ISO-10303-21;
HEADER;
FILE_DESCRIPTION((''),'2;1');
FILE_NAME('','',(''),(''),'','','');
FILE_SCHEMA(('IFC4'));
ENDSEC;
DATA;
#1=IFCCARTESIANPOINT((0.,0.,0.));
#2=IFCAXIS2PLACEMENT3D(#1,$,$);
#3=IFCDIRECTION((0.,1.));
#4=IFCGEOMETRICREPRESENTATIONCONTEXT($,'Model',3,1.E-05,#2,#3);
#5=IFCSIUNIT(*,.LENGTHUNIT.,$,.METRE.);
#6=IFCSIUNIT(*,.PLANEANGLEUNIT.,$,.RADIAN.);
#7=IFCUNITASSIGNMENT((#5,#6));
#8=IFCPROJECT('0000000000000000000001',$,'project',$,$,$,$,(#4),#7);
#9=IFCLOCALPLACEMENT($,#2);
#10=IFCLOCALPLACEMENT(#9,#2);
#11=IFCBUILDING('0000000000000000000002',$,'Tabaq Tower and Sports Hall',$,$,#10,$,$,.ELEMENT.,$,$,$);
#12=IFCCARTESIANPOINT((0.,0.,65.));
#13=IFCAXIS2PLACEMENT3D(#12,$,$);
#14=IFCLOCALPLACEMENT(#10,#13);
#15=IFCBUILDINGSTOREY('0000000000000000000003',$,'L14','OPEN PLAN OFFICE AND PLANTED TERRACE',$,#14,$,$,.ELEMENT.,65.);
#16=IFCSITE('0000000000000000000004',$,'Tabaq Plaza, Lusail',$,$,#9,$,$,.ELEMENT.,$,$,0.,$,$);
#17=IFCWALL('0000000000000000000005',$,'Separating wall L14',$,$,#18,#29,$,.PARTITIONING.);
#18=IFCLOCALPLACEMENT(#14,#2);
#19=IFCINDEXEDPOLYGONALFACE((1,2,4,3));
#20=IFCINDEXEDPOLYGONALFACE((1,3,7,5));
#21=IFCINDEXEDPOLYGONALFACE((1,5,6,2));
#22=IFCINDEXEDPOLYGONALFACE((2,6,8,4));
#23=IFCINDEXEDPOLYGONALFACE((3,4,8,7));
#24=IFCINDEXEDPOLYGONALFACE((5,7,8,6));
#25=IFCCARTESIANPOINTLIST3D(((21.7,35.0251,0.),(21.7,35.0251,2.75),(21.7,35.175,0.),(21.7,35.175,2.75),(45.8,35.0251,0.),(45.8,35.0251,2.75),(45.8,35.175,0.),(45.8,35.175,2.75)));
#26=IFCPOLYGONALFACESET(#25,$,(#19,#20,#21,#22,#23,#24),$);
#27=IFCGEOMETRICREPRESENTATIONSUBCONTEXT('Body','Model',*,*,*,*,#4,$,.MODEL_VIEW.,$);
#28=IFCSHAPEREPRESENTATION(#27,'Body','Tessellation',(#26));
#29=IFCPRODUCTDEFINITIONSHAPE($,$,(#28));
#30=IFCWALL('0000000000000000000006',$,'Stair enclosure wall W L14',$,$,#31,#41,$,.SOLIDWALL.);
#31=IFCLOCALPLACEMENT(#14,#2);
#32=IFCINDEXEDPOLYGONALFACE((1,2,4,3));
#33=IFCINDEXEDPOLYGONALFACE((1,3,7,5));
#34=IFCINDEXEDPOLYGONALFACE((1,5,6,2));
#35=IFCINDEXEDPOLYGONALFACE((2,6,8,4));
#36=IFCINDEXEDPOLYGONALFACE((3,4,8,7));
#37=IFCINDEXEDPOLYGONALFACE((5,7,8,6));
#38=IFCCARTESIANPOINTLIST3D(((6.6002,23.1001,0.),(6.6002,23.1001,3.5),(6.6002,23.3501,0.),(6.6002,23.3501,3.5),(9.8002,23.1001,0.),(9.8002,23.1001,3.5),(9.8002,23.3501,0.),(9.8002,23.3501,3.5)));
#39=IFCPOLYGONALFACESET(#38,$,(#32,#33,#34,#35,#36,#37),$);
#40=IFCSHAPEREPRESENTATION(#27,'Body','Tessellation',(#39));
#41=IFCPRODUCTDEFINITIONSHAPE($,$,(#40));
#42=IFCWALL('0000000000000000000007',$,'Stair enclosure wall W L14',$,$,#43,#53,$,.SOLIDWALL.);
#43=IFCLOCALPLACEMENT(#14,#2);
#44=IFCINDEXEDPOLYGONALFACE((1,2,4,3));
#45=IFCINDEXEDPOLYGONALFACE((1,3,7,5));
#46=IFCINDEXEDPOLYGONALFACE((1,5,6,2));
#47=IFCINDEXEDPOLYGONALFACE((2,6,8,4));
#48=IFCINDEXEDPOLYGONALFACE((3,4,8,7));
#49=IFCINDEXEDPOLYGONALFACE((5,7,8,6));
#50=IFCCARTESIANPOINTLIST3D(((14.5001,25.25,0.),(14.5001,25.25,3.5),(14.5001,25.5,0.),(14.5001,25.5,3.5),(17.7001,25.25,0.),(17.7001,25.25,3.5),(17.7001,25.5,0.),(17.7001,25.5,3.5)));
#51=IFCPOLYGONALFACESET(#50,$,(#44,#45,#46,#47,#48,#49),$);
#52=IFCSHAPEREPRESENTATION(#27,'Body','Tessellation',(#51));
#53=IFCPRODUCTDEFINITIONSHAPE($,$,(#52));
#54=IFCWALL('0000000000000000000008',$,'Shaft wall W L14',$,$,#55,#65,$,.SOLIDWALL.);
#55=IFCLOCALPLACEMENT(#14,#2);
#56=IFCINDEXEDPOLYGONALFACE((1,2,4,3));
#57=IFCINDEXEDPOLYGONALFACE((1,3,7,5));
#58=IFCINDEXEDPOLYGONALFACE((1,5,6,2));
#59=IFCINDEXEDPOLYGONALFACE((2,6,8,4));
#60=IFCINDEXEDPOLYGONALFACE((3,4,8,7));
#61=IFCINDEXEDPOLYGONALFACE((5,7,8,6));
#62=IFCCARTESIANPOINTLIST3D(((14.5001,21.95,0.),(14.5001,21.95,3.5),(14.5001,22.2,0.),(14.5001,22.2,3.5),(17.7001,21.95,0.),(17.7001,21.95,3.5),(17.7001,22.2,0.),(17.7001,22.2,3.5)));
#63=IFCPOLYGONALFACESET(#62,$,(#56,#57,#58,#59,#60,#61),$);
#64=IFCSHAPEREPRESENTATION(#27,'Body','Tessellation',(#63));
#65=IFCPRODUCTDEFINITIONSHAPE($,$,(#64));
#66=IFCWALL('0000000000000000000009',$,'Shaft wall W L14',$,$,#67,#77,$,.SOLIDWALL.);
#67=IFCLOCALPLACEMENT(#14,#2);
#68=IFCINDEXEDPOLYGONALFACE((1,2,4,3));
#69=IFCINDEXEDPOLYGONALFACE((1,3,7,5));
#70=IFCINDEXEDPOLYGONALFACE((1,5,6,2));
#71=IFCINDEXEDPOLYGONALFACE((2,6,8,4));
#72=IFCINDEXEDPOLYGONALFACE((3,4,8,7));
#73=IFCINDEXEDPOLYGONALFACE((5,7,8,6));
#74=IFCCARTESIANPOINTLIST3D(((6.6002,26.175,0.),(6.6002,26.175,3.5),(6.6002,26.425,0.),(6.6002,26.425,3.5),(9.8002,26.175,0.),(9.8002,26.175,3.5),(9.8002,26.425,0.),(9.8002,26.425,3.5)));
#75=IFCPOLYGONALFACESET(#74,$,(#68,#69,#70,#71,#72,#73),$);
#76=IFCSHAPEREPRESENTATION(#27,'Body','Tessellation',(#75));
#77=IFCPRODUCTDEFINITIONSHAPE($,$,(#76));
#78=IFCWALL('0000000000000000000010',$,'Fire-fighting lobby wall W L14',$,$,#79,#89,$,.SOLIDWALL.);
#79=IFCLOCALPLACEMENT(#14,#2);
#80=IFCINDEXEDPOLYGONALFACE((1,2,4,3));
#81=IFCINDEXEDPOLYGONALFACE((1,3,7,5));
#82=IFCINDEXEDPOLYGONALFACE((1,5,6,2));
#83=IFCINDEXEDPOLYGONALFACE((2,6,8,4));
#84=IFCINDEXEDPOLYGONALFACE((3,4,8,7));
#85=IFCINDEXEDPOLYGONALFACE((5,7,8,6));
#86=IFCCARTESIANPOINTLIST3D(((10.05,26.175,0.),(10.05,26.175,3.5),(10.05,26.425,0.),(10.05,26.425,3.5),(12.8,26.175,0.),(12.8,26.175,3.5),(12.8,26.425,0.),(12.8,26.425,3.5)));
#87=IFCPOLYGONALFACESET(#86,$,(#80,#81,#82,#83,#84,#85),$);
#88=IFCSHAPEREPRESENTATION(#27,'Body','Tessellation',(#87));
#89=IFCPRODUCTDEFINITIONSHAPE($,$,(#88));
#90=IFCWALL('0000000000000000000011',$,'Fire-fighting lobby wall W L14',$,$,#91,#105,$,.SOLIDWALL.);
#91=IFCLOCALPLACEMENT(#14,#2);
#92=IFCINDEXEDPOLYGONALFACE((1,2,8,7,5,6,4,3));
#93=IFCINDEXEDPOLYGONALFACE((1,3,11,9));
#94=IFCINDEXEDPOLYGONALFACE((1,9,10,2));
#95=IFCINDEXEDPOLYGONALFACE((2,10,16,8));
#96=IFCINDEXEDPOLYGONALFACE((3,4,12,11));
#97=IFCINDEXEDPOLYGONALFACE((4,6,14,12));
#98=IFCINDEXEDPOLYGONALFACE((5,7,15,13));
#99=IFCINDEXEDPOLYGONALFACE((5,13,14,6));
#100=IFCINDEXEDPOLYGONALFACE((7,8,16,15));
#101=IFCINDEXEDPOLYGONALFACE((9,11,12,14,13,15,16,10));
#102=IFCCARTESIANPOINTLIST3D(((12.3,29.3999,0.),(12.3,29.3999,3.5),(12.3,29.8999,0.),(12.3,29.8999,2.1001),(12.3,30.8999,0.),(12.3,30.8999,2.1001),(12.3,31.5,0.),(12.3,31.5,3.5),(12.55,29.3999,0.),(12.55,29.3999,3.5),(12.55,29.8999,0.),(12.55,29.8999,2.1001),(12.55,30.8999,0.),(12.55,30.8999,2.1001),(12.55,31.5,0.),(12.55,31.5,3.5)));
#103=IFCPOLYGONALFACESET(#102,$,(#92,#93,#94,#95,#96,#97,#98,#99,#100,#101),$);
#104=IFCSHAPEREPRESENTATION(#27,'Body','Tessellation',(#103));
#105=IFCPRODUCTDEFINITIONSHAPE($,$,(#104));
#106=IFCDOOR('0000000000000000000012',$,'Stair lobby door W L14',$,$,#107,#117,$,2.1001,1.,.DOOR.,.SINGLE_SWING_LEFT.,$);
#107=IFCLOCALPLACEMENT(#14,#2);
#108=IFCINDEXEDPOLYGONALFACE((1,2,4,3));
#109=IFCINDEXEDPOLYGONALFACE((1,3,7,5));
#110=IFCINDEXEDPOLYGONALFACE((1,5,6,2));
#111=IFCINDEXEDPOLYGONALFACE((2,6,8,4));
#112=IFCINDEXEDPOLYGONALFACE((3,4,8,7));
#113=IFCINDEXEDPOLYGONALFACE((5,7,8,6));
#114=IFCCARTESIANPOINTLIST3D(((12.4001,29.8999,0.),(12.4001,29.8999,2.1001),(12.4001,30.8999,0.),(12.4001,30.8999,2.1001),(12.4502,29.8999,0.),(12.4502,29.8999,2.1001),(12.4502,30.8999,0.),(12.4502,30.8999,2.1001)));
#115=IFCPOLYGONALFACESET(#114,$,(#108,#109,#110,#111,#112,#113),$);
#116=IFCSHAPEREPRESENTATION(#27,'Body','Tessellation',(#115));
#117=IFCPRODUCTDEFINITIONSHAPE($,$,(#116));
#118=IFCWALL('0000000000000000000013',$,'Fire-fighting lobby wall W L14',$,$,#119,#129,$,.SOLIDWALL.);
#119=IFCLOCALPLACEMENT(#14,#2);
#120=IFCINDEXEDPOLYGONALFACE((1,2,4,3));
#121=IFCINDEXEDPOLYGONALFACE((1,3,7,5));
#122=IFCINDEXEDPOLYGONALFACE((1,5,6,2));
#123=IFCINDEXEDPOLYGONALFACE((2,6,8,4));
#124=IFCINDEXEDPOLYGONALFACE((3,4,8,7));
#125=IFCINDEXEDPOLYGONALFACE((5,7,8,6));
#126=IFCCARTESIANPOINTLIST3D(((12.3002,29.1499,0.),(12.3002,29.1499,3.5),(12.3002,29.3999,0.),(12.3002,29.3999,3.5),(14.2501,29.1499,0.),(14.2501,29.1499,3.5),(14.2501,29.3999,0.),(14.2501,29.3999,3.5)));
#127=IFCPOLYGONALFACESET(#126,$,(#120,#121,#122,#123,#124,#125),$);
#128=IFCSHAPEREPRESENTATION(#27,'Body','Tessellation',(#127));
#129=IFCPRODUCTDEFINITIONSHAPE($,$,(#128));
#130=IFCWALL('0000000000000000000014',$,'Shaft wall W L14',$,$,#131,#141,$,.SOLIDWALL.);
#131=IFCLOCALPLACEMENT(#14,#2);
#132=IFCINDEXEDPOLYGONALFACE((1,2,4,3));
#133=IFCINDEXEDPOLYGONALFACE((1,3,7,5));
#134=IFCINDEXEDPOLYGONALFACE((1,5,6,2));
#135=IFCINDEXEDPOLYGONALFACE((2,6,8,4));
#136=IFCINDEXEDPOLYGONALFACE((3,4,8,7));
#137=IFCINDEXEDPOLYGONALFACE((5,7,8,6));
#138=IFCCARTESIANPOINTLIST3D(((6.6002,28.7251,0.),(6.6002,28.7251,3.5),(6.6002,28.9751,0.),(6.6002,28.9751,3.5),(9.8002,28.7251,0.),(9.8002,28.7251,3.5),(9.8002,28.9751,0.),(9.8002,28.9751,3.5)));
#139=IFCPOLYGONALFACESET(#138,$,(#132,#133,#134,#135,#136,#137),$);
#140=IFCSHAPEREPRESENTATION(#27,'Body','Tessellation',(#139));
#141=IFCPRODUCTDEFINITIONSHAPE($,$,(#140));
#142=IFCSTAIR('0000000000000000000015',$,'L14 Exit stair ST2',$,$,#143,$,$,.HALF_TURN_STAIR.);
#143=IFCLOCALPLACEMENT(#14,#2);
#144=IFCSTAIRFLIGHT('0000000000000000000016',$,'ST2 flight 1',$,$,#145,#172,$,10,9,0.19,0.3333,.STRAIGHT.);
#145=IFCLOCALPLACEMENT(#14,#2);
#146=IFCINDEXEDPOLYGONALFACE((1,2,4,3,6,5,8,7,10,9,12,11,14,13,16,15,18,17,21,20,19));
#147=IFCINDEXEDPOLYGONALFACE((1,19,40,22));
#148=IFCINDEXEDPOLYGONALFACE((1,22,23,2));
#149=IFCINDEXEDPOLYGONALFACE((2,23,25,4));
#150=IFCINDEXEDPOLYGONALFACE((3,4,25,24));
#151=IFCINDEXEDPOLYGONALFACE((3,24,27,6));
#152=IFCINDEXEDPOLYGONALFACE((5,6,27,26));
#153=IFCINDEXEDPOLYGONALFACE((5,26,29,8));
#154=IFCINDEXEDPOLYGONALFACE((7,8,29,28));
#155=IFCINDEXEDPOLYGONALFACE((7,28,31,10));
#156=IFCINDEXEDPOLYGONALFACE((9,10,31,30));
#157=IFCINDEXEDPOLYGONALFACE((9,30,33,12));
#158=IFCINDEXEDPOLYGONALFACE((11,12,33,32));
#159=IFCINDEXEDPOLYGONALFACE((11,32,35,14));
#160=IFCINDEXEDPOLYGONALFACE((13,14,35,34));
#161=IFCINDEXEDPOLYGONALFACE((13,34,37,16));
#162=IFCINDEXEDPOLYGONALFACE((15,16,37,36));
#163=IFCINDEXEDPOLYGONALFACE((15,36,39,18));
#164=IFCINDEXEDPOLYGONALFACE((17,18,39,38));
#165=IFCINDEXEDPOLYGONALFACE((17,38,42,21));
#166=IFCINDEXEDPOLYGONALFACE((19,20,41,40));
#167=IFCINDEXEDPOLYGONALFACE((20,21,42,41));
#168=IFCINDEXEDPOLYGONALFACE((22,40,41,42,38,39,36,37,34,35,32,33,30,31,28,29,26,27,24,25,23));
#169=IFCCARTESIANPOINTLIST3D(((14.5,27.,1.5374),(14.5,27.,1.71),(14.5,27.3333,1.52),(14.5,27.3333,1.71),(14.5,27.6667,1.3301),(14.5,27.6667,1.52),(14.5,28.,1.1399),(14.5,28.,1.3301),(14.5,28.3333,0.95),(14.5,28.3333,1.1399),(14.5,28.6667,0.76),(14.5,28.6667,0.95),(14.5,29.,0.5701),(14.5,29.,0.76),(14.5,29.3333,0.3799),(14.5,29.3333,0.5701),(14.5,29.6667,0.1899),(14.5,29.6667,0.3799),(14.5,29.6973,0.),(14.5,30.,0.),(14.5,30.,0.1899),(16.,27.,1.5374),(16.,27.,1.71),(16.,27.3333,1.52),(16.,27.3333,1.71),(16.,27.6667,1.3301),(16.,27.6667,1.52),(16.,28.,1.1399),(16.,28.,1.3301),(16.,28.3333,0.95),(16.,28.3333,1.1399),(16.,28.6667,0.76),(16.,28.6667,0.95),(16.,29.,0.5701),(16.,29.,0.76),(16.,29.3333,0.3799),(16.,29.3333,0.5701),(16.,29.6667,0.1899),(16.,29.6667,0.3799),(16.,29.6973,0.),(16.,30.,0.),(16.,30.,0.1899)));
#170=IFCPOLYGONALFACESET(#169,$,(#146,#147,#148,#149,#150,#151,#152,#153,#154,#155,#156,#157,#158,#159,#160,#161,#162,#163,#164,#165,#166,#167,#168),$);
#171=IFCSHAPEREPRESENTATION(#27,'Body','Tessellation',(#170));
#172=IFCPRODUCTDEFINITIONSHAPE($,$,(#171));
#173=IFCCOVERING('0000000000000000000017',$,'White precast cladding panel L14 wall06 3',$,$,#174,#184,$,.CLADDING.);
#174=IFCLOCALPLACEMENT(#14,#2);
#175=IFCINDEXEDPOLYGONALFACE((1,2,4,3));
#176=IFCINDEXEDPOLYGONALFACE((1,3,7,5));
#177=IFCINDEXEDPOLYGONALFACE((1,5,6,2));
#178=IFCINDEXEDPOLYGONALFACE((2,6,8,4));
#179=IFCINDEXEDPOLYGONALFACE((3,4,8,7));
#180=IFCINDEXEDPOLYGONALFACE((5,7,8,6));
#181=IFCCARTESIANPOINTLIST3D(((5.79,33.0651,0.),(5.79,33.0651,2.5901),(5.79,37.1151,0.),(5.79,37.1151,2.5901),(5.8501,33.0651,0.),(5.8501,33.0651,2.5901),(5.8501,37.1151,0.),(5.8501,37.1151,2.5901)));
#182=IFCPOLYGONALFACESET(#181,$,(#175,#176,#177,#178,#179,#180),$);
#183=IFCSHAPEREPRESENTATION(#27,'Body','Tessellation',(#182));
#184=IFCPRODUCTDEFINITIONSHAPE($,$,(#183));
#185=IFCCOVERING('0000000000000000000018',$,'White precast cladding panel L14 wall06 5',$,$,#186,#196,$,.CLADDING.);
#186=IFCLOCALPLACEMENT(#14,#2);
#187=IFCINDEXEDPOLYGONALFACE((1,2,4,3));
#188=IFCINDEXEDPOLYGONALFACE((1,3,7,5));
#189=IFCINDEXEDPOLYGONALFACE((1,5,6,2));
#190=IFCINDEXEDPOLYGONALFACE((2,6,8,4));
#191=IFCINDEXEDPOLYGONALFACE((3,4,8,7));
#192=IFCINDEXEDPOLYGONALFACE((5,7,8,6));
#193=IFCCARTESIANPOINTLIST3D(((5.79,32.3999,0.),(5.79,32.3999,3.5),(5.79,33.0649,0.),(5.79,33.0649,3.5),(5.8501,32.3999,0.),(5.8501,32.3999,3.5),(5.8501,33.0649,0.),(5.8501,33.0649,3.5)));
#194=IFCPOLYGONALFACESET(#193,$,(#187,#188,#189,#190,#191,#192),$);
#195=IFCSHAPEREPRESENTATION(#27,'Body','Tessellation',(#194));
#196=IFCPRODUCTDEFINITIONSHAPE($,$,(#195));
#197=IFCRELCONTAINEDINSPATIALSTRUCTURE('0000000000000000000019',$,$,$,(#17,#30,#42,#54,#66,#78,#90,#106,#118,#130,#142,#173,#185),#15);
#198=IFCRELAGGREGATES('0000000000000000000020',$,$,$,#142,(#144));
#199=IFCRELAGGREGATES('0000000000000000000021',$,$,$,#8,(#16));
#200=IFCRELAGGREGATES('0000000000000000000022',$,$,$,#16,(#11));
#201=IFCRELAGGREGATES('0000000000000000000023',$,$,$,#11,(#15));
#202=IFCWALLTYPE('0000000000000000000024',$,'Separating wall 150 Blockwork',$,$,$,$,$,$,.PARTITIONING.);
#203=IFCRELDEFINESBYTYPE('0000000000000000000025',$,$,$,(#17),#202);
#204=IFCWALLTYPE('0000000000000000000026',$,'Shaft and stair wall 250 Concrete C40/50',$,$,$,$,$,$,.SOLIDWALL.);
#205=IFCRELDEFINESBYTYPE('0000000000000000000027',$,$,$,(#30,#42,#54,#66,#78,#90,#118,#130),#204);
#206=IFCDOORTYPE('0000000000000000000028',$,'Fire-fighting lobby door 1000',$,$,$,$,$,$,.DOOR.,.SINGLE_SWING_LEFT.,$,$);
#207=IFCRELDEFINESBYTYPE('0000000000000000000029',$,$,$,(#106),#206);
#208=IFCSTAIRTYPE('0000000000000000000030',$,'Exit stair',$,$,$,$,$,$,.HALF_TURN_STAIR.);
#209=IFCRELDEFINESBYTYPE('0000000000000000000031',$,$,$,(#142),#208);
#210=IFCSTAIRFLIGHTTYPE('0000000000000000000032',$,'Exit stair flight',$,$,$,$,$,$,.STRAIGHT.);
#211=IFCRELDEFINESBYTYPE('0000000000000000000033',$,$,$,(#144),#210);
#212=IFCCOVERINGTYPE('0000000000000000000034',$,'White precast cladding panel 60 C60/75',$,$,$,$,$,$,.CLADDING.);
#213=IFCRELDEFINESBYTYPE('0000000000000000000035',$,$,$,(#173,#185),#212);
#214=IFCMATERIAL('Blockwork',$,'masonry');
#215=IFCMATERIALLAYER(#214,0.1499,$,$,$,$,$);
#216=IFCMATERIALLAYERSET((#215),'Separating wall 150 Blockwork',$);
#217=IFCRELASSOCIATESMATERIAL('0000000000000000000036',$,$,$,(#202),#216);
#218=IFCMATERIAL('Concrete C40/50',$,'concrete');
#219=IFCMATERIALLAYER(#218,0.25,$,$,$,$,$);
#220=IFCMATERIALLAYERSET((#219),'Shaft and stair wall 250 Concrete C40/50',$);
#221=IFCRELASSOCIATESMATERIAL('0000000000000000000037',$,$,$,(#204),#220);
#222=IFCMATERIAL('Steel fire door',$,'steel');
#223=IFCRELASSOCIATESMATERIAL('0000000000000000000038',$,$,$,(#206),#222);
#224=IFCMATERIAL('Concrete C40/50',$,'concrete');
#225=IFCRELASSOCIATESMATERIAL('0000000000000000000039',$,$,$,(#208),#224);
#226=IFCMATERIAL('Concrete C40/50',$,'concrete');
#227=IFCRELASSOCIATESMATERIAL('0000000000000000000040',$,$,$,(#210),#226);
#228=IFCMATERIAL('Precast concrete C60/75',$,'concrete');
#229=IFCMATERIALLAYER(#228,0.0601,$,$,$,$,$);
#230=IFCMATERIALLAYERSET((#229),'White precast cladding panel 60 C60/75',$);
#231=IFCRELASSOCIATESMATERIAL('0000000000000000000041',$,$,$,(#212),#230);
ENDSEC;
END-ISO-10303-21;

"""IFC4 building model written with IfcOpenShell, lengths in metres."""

from ifc_helpers import new_model, si_unit, direction, frame, frame_2d, origin, place, context, subcontext, project, spatial, polyline, rectangle, outline, extrude, material, layer, layer_set, type_object, element, fill, aggregate, save


model = new_model("IFC4")

# Units and contexts
model_context = context("Model", 3, precision=1e-05, world=origin(), true_north=direction((0.0, 1.0)))
body_context = subcontext(model_context, "Body", "Model", "MODEL_VIEW")
ifc_project = project(units=[si_unit("LENGTHUNIT", "METRE"), si_unit("PLANEANGLEUNIT", "RADIAN")], contexts=[model_context])

# Site, building, storey
site_placement = place(None, origin())
site = spatial("IfcSite", under=ifc_project, at=site_placement, Name="Tabaq Plaza, Lusail", CompositionType="ELEMENT", RefElevation=0.0)
building_placement = place(site_placement, origin())
building = spatial("IfcBuilding", under=site, at=building_placement, Name="Tabaq Tower and Sports Hall", CompositionType="ELEMENT")
storey_placement = place(building_placement, frame((0.0, 0.0, 65.0)))
storey = spatial("IfcBuildingStorey", under=building, at=storey_placement, Name="L14", Description="OPEN PLAN OFFICE AND PLANTED TERRACE", CompositionType="ELEMENT", Elevation=65.0)

# Shared definitions
ifc_material_1 = material(Name="Blockwork", Category="masonry")
ifc_layer_1 = layer(ifc_material_1, 0.1499)
ifc_layer_set_1 = layer_set([ifc_layer_1], Name="Separating wall 150 Blockwork")
wall_type_1 = type_object("IfcWallType", Name="Separating wall 150 Blockwork", PredefinedType="PARTITIONING", material=ifc_layer_set_1)

# Walls
wall_1_placement = place(storey_placement, frame((21.7, 35.1001, 0.0), z_axis=(0.0, 0.0, 1.0), x_axis=(1.0, 0.0, 0.0)))
element("IfcWall", 1, at=wall_1_placement, inside=storey, type_object=wall_type_1, Name="Separating wall L14", PredefinedType="PARTITIONING", context=body_context, shape_type="SweptSolid", body=[
    extrude(rectangle(XDim=24.1001, YDim=0.1499, at=frame_2d((12.05, 0.0))), origin(), (0.0, 0.0, 1.0), 2.75),
])
ifc_material_2 = material(Name="Concrete C40/50", Category="concrete")
ifc_layer_2 = layer(ifc_material_2, 0.25)
ifc_layer_set_2 = layer_set([ifc_layer_2], Name="Shaft and stair wall 250 Concrete C40/50")
wall_type_2 = type_object("IfcWallType", Name="Shaft and stair wall 250 Concrete C40/50", PredefinedType="SOLIDWALL", material=ifc_layer_set_2)
for number, where, z_axis, x_axis, name in (
    (2, (6.6001, 23.2251, 0.0), (0.0, 0.0, 1.0), (1.0, 0.0, 0.0), "Stair enclosure wall W L14"),
    (3, (14.5, 25.375, 0.0), (0.0, 0.0, 1.0), (1.0, 0.0, 0.0), "Stair enclosure wall W L14"),
    (4, (14.5, 22.075, 0.0), (0.0, 0.0, 1.0), (1.0, 0.0, 0.0), "Shaft wall W L14"),
    (5, (6.6001, 26.3, 0.0), (0.0, 0.0, 1.0), (1.0, 0.0, 0.0), "Shaft wall W L14"),
):
    element("IfcWall", number, at=place(storey_placement, frame(where, z_axis=z_axis, x_axis=x_axis)), inside=storey, type_object=wall_type_2, Name=name, PredefinedType="SOLIDWALL", context=body_context, shape_type="SweptSolid", body=[
        extrude(rectangle(XDim=3.2, YDim=0.25, at=frame_2d((1.6001, 0.0))), origin(), (0.0, 0.0, 1.0), 3.5),
    ])
wall_2_placement = place(storey_placement, frame((10.05, 26.3, 0.0), z_axis=(0.0, 0.0, 1.0), x_axis=(1.0, 0.0, 0.0)))
element("IfcWall", 6, at=wall_2_placement, inside=storey, type_object=wall_type_2, Name="Fire-fighting lobby wall W L14", PredefinedType="SOLIDWALL", context=body_context, shape_type="SweptSolid", body=[
    extrude(rectangle(XDim=2.75, YDim=0.25, at=frame_2d((1.375, 0.0))), origin(), (0.0, 0.0, 1.0), 3.5),
])

# Wall, opening, door
wall_3_placement = place(storey_placement, frame((12.425, 29.3999, 0.0), z_axis=(0.0, 0.0, 1.0), x_axis=(0.0, 1.0, 0.0)))
wall_3 = element("IfcWall", 7, at=wall_3_placement, inside=storey, type_object=wall_type_2, Name="Fire-fighting lobby wall W L14", PredefinedType="SOLIDWALL", context=body_context, shape_type="SweptSolid", body=[
    extrude(rectangle(XDim=2.1001, YDim=0.25, at=frame_2d((1.05, 0.0))), origin(), (0.0, 0.0, 1.0), 3.5),
])
opening_1_placement = place(wall_3_placement, frame((0.5, 0.0, 0.0)))
opening_1 = element("IfcOpeningElement", 8, at=opening_1_placement, cuts=wall_3, PredefinedType="OPENING", context=body_context, shape_type="SweptSolid", body=[
    extrude(rectangle(XDim=1.0, YDim=2.1001, at=frame_2d((0.5, 1.05))), frame((0.0, 0.125, 0.0), z_axis=(0.0, -1.0, 0.0), x_axis=(1.0, 0.0, 0.0)), (0.0, 0.0, 1.0), 0.25),
])
ifc_material_3 = material(Name="Steel fire door", Category="steel")
door_type_1 = type_object("IfcDoorType", Name="Fire-fighting lobby door 1000", OperationType="SINGLE_SWING_LEFT", PredefinedType="DOOR", material=ifc_material_3)
door_1_placement = place(opening_1_placement, origin())
door_1 = element("IfcDoor", 9, at=door_1_placement, inside=storey, type_object=door_type_1, Name="Stair lobby door W L14", OperationType="SINGLE_SWING_LEFT", OverallHeight=2.1001, OverallWidth=1.0, PredefinedType="DOOR", context=body_context, shape_type="SweptSolid", body=[
    extrude(rectangle(XDim=1.0, YDim=2.1001, at=frame_2d((0.5, 1.05))), frame((0.0, 0.0249, 0.0), z_axis=(0.0, -1.0, 0.0), x_axis=(1.0, 0.0, 0.0)), (0.0, 0.0, 1.0), 0.05),
])
fill(opening_1, door_1)

# Walls
wall_4_placement = place(storey_placement, frame((12.3, 29.2749, 0.0), z_axis=(0.0, 0.0, 1.0), x_axis=(1.0, 0.0, 0.0)))
element("IfcWall", 10, at=wall_4_placement, inside=storey, type_object=wall_type_2, Name="Fire-fighting lobby wall W L14", PredefinedType="SOLIDWALL", context=body_context, shape_type="SweptSolid", body=[
    extrude(rectangle(XDim=1.95, YDim=0.25, at=frame_2d((0.9751, 0.0))), origin(), (0.0, 0.0, 1.0), 3.5),
])
wall_5_placement = place(storey_placement, frame((6.6001, 28.8501, 0.0), z_axis=(0.0, 0.0, 1.0), x_axis=(1.0, 0.0, 0.0)))
element("IfcWall", 11, at=wall_5_placement, inside=storey, type_object=wall_type_2, Name="Shaft wall W L14", PredefinedType="SOLIDWALL", context=body_context, shape_type="SweptSolid", body=[
    extrude(rectangle(XDim=3.2, YDim=0.25, at=frame_2d((1.6001, 0.0))), origin(), (0.0, 0.0, 1.0), 3.5),
])

# Stair, stair flight
ifc_material_4 = material(Name="Concrete C40/50", Category="concrete")
stair_type = type_object("IfcStairType", Name="Exit stair", PredefinedType="HALF_TURN_STAIR", material=ifc_material_4)
stair_placement = place(storey_placement, origin())
stair = element("IfcStair", 12, at=stair_placement, inside=storey, type_object=stair_type, Name="L14 Exit stair ST2", PredefinedType="HALF_TURN_STAIR")
ifc_material_5 = material(Name="Concrete C40/50", Category="concrete")
stair_flight_type = type_object("IfcStairFlightType", Name="Exit stair flight", PredefinedType="STRAIGHT", material=ifc_material_5)
stair_flight_placement = place(storey_placement, frame((15.25, 30.0, 0.0), z_axis=(0.0, 0.0, 1.0), x_axis=(0.0, -1.0, 0.0)))
stair_flight = element("IfcStairFlight", 13, at=stair_flight_placement, type_object=stair_flight_type, Name="ST2 flight 1", NumberOfRisers=10, NumberOfTreads=9, PredefinedType="STRAIGHT", RiserHeight=0.19, TreadLength=0.3333, context=body_context, shape_type="SweptSolid", body=[
    extrude(outline(polyline([(0.0, 0.0), (0.0, 0.1899), (0.3333, 0.1899), (0.3333, 0.3799), (0.6667, 0.3799), (0.6667, 0.5701), (1.0, 0.5701), (1.0, 0.76), (1.3333, 0.76), (1.3333, 0.95), (1.6667, 0.95), (1.6667, 1.1399), (2.0, 1.1399), (2.0, 1.3301), (2.3333, 1.3301), (2.3333, 1.52), (2.6667, 1.52), (2.6667, 1.71), (3.0, 1.71), (3.0, 1.8999), (3.0, 1.5374), (0.3027, 0.0), (0.0, 0.0)])), frame((0.0, 0.75, 0.0), z_axis=(0.0, -1.0, 0.0), x_axis=(1.0, 0.0, 0.0)), (0.0, 0.0, 1.0), 1.5),
])
aggregate(stair, [stair_flight])

# Coverings
ifc_material_6 = material(Name="Precast concrete C60/75", Category="concrete")
ifc_layer_3 = layer(ifc_material_6, 0.0601)
ifc_layer_set_3 = layer_set([ifc_layer_3], Name="White precast cladding panel 60 C60/75")
covering_type = type_object("IfcCoveringType", Name="White precast cladding panel 60 C60/75", PredefinedType="CLADDING", material=ifc_layer_set_3)
covering_1_placement = place(storey_placement, frame((5.8201, 37.115, 0.0), z_axis=(0.0, 0.0, 1.0), x_axis=(0.0, -1.0, 0.0)))
element("IfcCovering", 14, at=covering_1_placement, inside=storey, type_object=covering_type, Name="White precast cladding panel L14 wall06 3", PredefinedType="CLADDING", context=body_context, shape_type="SweptSolid", body=[
    extrude(rectangle(XDim=4.05, YDim=0.0601, at=frame_2d((2.0249, 0.0))), origin(), (0.0, 0.0, 1.0), 2.5901),
])
covering_2_placement = place(storey_placement, frame((5.8201, 33.0649, 0.0), z_axis=(0.0, 0.0, 1.0), x_axis=(0.0, -1.0, 0.0)))
element("IfcCovering", 15, at=covering_2_placement, inside=storey, type_object=covering_type, Name="White precast cladding panel L14 wall06 5", PredefinedType="CLADDING", context=body_context, shape_type="SweptSolid", body=[
    extrude(rectangle(XDim=0.665, YDim=0.0601, at=frame_2d((0.3325, 0.0))), origin(), (0.0, 0.0, 1.0), 3.5),
])

save(model, "model.ifc")
